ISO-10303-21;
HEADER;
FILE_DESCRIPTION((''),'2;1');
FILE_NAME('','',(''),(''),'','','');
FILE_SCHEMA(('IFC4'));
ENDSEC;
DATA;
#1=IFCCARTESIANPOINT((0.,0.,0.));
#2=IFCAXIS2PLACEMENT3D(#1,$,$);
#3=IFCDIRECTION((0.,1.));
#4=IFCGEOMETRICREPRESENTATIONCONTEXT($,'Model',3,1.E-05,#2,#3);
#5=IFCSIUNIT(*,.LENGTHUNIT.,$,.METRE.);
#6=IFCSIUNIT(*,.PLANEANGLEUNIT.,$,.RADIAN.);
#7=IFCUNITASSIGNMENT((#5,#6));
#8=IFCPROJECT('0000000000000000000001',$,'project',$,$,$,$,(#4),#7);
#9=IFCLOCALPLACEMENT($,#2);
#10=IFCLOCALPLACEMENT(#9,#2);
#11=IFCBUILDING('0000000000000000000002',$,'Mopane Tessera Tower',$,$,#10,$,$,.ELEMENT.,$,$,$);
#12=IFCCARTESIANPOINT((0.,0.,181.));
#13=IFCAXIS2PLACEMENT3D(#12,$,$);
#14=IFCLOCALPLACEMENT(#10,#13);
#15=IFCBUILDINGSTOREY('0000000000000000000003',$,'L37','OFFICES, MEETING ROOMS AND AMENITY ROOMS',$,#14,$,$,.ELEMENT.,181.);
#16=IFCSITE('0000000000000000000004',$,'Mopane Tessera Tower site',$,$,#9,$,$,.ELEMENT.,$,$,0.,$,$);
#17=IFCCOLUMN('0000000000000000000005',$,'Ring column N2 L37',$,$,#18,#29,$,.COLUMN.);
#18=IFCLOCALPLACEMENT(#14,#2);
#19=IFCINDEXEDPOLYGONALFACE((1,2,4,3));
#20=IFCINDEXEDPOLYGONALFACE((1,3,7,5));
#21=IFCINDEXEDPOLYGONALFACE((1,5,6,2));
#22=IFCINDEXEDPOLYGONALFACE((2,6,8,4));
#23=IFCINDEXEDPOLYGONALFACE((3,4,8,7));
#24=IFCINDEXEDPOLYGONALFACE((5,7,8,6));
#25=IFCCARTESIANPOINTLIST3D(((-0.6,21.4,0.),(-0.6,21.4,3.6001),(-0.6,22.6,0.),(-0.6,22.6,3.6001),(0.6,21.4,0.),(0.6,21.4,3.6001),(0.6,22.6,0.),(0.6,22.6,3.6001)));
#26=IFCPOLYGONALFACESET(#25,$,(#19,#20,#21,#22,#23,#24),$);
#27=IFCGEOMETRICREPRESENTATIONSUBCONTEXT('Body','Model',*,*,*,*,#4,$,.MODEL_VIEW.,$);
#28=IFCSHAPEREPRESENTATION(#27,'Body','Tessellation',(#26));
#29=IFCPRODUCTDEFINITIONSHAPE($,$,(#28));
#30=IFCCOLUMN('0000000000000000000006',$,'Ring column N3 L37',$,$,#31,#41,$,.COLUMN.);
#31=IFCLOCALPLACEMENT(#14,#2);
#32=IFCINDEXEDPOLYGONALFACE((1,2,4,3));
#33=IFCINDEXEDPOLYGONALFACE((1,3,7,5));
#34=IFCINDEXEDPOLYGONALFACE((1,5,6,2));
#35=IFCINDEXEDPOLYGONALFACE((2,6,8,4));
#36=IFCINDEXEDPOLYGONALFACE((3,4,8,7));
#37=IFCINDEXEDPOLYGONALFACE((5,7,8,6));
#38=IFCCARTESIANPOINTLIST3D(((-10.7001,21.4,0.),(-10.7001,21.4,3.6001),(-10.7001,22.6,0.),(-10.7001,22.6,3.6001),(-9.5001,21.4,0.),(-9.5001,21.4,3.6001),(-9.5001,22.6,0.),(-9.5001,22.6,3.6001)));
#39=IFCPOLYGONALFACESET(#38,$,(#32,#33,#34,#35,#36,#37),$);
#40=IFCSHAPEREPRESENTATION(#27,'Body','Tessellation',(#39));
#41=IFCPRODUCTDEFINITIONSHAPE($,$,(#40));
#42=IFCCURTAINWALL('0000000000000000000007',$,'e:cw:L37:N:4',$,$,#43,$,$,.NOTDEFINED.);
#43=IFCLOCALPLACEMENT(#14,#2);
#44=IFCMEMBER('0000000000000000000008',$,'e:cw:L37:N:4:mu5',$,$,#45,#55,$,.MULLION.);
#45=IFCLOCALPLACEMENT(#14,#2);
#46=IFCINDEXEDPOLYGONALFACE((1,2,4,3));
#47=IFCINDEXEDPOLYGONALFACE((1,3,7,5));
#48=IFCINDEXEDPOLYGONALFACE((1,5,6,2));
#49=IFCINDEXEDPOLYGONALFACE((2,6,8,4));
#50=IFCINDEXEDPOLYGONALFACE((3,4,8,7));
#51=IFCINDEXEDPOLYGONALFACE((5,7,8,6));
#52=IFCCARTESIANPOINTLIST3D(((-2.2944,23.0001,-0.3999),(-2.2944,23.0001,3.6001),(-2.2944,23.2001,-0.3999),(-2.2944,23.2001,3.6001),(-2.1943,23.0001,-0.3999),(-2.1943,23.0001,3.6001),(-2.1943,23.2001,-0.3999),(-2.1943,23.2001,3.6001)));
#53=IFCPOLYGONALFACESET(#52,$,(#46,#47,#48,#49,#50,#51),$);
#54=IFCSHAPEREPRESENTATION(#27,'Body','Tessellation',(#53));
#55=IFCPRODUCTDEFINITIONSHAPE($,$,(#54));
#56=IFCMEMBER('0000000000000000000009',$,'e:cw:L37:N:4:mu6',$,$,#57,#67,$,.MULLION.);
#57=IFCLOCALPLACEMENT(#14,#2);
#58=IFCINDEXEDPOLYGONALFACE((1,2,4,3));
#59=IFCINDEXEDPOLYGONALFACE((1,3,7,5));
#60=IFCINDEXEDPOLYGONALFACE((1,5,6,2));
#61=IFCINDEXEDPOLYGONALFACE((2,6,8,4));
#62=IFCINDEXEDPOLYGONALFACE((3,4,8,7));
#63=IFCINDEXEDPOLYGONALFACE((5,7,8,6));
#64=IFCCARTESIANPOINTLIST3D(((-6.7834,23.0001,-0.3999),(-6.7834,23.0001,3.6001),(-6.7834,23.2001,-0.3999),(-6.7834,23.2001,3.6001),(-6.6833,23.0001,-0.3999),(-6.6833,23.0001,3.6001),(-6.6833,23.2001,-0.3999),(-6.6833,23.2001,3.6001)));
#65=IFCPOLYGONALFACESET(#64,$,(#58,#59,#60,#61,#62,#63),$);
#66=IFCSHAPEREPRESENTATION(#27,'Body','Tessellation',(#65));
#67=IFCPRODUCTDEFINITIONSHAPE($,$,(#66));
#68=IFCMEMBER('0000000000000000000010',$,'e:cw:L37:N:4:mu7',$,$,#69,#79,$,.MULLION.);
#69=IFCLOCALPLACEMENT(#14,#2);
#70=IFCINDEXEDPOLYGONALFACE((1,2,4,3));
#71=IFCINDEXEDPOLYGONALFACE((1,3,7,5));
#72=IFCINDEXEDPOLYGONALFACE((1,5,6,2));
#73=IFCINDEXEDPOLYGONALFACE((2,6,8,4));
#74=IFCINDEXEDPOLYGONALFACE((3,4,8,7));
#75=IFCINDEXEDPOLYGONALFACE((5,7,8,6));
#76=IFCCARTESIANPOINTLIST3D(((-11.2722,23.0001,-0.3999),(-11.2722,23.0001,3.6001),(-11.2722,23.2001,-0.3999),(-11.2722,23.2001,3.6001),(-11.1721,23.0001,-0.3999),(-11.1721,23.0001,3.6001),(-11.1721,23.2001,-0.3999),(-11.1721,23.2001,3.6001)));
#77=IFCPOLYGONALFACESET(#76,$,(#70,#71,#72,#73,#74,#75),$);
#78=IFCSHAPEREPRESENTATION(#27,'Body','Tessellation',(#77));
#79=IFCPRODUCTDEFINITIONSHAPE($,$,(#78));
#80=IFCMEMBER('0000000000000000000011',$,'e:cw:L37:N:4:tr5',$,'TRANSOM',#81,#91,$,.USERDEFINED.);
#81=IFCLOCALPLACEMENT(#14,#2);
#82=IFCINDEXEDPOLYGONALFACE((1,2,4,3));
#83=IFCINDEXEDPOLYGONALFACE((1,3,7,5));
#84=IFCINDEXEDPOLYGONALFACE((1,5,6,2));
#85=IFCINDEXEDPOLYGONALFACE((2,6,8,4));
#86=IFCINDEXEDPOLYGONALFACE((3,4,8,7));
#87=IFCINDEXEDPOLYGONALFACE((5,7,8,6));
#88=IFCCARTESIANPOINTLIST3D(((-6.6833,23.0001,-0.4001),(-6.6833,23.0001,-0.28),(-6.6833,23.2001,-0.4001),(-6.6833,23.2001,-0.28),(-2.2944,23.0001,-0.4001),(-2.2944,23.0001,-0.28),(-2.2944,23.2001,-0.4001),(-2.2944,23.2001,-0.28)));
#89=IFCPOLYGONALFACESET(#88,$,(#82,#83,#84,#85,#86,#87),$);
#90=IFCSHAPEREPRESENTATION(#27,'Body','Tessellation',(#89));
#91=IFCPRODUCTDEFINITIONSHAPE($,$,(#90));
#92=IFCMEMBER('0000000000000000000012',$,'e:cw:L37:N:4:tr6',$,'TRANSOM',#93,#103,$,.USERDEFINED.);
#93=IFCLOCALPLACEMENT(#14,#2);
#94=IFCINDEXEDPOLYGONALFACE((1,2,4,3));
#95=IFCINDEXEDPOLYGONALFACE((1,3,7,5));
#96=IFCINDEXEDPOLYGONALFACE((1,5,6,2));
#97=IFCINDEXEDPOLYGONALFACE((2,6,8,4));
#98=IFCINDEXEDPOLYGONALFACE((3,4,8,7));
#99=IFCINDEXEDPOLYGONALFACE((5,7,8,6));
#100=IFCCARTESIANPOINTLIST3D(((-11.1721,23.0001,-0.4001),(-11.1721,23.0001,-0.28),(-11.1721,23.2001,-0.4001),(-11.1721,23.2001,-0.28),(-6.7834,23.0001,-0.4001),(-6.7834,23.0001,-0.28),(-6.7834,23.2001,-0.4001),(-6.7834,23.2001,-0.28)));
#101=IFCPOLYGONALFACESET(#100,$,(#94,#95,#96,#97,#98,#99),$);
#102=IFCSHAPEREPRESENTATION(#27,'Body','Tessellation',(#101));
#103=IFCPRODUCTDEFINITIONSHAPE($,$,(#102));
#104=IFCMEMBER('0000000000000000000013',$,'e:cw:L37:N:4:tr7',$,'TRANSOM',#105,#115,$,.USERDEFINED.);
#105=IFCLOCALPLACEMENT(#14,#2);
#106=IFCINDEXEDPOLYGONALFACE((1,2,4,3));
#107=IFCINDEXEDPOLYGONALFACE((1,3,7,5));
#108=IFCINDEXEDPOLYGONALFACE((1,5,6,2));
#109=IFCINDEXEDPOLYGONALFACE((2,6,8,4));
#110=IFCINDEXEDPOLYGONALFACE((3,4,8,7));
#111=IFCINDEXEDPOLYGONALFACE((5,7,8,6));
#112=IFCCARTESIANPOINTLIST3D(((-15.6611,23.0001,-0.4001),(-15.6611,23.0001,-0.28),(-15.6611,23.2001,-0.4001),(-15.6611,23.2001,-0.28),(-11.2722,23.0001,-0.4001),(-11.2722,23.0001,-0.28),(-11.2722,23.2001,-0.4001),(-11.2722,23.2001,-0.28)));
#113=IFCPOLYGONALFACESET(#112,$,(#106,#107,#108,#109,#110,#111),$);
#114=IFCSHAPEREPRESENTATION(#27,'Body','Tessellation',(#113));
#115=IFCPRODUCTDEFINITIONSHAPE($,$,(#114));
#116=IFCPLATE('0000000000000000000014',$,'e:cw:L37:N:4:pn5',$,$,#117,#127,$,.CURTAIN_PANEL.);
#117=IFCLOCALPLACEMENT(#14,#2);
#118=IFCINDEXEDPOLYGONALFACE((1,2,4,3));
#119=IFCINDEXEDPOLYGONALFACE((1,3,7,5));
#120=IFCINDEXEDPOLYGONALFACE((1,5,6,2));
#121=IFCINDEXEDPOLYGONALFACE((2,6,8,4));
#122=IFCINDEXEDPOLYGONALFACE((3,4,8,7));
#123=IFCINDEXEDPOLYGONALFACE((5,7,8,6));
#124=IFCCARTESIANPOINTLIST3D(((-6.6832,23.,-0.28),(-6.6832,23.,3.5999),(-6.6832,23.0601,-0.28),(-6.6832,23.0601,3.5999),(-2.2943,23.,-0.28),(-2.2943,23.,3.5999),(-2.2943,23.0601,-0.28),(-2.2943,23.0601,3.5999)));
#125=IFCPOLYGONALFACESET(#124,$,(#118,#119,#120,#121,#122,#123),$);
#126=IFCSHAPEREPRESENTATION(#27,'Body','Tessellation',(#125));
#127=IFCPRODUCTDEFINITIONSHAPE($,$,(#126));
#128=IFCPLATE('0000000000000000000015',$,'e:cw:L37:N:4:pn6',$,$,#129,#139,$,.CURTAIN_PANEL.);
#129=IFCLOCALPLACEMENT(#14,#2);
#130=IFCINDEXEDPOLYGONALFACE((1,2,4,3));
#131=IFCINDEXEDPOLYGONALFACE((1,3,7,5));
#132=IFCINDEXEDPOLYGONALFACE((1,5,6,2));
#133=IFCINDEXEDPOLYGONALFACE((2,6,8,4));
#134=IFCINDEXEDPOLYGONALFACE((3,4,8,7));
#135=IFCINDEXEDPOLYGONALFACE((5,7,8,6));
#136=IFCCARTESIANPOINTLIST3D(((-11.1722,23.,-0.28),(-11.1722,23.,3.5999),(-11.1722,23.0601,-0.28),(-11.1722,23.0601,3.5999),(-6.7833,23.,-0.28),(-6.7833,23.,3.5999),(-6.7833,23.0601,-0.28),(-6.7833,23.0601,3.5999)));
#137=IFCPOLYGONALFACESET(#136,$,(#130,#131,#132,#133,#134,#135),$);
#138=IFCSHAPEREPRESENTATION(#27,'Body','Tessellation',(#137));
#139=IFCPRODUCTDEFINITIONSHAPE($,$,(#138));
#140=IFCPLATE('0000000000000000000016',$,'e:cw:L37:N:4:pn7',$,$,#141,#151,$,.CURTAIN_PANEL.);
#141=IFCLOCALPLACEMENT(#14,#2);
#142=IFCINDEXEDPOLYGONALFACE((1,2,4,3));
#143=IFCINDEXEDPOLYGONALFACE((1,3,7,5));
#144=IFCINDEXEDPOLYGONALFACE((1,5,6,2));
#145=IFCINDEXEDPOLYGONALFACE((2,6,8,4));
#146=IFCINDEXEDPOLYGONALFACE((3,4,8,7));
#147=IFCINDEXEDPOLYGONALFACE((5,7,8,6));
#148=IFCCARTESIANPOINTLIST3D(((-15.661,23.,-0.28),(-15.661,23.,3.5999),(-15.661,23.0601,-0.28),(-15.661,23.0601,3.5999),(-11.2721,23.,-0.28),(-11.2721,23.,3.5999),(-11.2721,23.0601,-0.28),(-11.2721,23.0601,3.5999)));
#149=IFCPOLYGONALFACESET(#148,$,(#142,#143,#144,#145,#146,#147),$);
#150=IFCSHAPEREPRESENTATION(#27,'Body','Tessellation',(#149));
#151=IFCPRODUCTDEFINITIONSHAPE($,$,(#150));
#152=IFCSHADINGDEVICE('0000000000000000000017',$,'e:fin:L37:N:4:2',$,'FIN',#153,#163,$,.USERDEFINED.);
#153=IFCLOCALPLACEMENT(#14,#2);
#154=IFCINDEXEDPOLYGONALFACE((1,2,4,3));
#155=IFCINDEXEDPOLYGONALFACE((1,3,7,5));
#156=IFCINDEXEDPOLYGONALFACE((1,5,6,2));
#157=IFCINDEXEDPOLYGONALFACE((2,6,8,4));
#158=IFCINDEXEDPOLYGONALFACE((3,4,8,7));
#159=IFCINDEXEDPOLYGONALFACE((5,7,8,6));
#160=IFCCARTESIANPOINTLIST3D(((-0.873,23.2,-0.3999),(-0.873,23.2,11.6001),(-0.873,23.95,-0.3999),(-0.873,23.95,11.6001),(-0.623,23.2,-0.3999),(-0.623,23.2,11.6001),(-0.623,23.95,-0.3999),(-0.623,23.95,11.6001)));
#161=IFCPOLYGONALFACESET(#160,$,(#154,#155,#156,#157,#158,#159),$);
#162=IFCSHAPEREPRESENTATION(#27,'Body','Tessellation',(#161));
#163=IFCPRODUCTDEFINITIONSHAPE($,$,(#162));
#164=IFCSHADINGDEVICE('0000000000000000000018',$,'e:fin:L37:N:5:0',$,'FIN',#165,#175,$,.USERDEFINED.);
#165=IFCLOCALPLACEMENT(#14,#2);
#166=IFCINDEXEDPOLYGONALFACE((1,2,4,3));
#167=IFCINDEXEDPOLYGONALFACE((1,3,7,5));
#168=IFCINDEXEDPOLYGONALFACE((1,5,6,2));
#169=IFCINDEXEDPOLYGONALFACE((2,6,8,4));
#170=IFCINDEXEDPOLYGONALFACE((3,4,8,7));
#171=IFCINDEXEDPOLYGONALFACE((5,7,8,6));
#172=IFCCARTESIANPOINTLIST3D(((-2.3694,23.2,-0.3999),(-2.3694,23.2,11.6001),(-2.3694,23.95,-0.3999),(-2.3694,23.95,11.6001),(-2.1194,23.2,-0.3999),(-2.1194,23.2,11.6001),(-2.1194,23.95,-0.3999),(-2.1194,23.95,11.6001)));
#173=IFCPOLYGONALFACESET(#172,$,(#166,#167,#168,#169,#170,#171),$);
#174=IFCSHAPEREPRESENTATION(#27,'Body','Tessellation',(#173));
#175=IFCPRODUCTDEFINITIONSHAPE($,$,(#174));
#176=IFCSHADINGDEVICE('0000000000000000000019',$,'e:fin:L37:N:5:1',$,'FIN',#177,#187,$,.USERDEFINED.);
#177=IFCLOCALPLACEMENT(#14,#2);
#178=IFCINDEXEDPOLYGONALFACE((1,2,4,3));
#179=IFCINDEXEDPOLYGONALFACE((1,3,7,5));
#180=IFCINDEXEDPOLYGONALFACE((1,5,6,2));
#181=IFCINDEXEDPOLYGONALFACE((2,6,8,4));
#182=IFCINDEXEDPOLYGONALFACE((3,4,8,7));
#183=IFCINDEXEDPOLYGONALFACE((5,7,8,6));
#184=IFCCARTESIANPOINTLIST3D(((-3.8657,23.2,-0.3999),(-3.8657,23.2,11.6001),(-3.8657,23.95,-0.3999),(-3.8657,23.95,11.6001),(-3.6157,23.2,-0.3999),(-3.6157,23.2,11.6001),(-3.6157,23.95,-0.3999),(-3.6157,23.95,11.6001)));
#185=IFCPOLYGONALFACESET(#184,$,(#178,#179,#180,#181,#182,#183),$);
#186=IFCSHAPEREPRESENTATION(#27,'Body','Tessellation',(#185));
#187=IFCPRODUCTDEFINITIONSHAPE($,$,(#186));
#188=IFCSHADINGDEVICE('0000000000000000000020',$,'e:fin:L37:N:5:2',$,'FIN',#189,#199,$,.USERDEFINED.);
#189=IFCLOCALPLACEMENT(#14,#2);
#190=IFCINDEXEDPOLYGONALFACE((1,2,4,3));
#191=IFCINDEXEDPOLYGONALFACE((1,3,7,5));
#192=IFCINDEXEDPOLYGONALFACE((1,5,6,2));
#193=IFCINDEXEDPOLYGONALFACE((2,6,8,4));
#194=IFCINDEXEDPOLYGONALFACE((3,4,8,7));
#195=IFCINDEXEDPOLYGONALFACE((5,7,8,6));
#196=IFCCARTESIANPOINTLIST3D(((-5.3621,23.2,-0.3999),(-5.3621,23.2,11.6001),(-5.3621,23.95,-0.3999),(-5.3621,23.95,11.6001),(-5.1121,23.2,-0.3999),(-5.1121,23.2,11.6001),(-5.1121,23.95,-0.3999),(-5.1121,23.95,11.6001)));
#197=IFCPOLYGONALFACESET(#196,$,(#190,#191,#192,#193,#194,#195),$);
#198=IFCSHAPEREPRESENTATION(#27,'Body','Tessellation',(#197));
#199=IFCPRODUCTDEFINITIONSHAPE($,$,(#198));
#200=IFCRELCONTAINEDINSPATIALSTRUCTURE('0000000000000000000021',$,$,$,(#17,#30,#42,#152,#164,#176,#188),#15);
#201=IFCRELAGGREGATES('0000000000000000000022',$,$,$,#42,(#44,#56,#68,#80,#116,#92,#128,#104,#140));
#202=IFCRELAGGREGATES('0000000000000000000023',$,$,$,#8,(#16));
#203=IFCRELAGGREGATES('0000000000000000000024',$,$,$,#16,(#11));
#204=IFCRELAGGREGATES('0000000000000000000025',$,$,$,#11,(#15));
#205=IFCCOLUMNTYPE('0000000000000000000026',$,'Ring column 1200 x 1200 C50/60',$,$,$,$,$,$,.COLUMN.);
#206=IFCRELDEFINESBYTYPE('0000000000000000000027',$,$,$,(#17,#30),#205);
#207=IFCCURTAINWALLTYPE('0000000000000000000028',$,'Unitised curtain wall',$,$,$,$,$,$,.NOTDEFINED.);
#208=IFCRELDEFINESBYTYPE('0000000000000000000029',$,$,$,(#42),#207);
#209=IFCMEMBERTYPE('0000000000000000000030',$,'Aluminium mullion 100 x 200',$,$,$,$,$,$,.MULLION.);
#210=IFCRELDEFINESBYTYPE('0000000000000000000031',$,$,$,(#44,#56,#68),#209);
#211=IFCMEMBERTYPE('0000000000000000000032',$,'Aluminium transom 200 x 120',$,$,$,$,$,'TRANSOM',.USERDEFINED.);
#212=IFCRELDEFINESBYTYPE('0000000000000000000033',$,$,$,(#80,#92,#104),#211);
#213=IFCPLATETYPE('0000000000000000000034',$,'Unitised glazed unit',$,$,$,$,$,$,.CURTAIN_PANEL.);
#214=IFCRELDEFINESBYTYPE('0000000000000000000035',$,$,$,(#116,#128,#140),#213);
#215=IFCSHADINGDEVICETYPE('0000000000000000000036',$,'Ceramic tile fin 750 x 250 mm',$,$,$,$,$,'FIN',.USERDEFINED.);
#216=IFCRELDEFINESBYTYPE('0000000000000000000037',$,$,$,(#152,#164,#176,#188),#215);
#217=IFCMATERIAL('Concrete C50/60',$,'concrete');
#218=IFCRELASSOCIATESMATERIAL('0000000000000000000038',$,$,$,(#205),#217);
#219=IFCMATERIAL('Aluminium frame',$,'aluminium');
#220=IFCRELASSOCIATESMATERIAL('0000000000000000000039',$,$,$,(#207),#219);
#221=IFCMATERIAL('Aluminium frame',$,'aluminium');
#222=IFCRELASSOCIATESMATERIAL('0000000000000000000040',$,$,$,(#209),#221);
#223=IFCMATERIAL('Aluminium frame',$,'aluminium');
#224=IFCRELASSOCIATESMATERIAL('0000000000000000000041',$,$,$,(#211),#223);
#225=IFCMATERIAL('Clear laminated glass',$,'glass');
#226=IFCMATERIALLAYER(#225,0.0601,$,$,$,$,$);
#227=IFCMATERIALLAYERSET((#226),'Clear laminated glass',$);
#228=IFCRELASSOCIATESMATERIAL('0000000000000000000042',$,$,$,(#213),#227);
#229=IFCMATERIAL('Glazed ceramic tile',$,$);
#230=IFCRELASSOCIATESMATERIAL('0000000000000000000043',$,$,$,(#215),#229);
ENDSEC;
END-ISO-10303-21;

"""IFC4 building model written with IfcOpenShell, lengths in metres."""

from ifc_helpers import new_model, si_unit, direction, frame, origin, origin_2d, place, context, subcontext, project, spatial, rectangle, extrude, material, layer, layer_set, material_profile, profile_set, type_object, element, aggregate, save


model = new_model("IFC4")

# Units and contexts
model_context = context("Model", 3, precision=1e-05, world=origin(), true_north=direction((0.0, 1.0)))
body_context = subcontext(model_context, "Body", "Model", "MODEL_VIEW")
ifc_project = project(units=[si_unit("LENGTHUNIT", "METRE"), si_unit("PLANEANGLEUNIT", "RADIAN")], contexts=[model_context])

# Site, building, storey
site_placement = place(None, origin())
site = spatial("IfcSite", under=ifc_project, at=site_placement, Name="Mopane Tessera Tower site", CompositionType="ELEMENT", RefElevation=0.0)
building_placement = place(site_placement, origin())
building = spatial("IfcBuilding", under=site, at=building_placement, Name="Mopane Tessera Tower", CompositionType="ELEMENT")
storey_placement = place(building_placement, frame((0.0, 0.0, 181.0)))
storey = spatial("IfcBuildingStorey", under=building, at=storey_placement, Name="L37", Description="OFFICES, MEETING ROOMS AND AMENITY ROOMS", CompositionType="ELEMENT", Elevation=181.0)

# Columns
ifc_material_1 = material(Name="Concrete C50/60", Category="concrete")
ifc_material_profile_1 = material_profile(ifc_material_1, rectangle(XDim=1.2, YDim=1.2, at=origin_2d()))
ifc_profile_set_1 = profile_set([ifc_material_profile_1], Name="Concrete C50/60")
column_type = type_object("IfcColumnType", Name="Ring column 1200 x 1200 C50/60", PredefinedType="COLUMN", material=ifc_profile_set_1)
for number, where, z_axis, x_axis, name in (
    (1, (0.0, 22.0, 0.0), (0.0, 0.0, 1.0), (1.0, 0.0, 0.0), "Ring column N2 L37"),
    (2, (-10.1001, 22.0, 0.0), (0.0, 0.0, 1.0), (1.0, 0.0, 0.0), "Ring column N3 L37"),
):
    element("IfcColumn", number, at=place(storey_placement, frame(where, z_axis=z_axis, x_axis=x_axis)), inside=storey, type_object=column_type, Name=name, PredefinedType="COLUMN", context=body_context, shape_type="SweptSolid", body=[
        extrude(rectangle(XDim=1.2, YDim=1.2, at=origin_2d()), origin(), (0.0, 0.0, 1.0), 3.6001),
    ])

# Curtain wall, members, plates
ifc_material_2 = material(Name="Aluminium frame", Category="aluminium")
curtain_wall_type = type_object("IfcCurtainWallType", Name="Unitised curtain wall", PredefinedType="NOTDEFINED", material=ifc_material_2)
curtain_wall_placement = place(storey_placement, origin())
curtain_wall = element("IfcCurtainWall", 3, at=curtain_wall_placement, inside=storey, type_object=curtain_wall_type, Name="e:cw:L37:N:4", PredefinedType="NOTDEFINED")
ifc_material_3 = material(Name="Aluminium frame", Category="aluminium")
ifc_material_profile_2 = material_profile(ifc_material_3, rectangle(XDim=0.1001, YDim=0.2, at=origin_2d()))
ifc_profile_set_2 = profile_set([ifc_material_profile_2], Name="Aluminium frame")
member_type_1 = type_object("IfcMemberType", Name="Aluminium mullion 100 x 200", PredefinedType="MULLION", material=ifc_profile_set_2)
member_1_placement = place(storey_placement, frame((-2.2444, 23.1001, -0.3999), z_axis=(0.0, 0.0, 1.0), x_axis=(-1.0, 0.0, 0.0)))
member_1 = element("IfcMember", 4, at=member_1_placement, type_object=member_type_1, Name="e:cw:L37:N:4:mu5", PredefinedType="MULLION", context=body_context, shape_type="SweptSolid", body=[
    extrude(rectangle(XDim=0.1001, YDim=0.2, at=origin_2d()), origin(), (0.0, 0.0, 1.0), 4.0),
])
member_2_placement = place(storey_placement, frame((-6.7334, 23.1001, -0.3999), z_axis=(0.0, 0.0, 1.0), x_axis=(-1.0, 0.0, 0.0)))
member_2 = element("IfcMember", 5, at=member_2_placement, type_object=member_type_1, Name="e:cw:L37:N:4:mu6", PredefinedType="MULLION", context=body_context, shape_type="SweptSolid", body=[
    extrude(rectangle(XDim=0.1001, YDim=0.2, at=origin_2d()), origin(), (0.0, 0.0, 1.0), 4.0),
])
member_3_placement = place(storey_placement, frame((-11.2222, 23.1001, -0.3999), z_axis=(0.0, 0.0, 1.0), x_axis=(-1.0, 0.0, 0.0)))
member_3 = element("IfcMember", 6, at=member_3_placement, type_object=member_type_1, Name="e:cw:L37:N:4:mu7", PredefinedType="MULLION", context=body_context, shape_type="SweptSolid", body=[
    extrude(rectangle(XDim=0.1001, YDim=0.2, at=origin_2d()), origin(), (0.0, 0.0, 1.0), 4.0),
])
ifc_material_4 = material(Name="Aluminium frame", Category="aluminium")
ifc_material_profile_3 = material_profile(ifc_material_4, rectangle(XDim=0.2, YDim=0.1201, at=origin_2d()))
ifc_profile_set_3 = profile_set([ifc_material_profile_3], Name="Aluminium frame")
member_type_2 = type_object("IfcMemberType", Name="Aluminium transom 200 x 120", ElementType="TRANSOM", PredefinedType="USERDEFINED", material=ifc_profile_set_3)
member_4_placement = place(storey_placement, frame((-2.2944, 23.1001, -0.3401), z_axis=(-1.0, 0.0, 0.0), x_axis=(0.0, -1.0, 0.0)))
member_4 = element("IfcMember", 7, at=member_4_placement, type_object=member_type_2, Name="e:cw:L37:N:4:tr5", ObjectType="TRANSOM", PredefinedType="USERDEFINED", context=body_context, shape_type="SweptSolid", body=[
    extrude(rectangle(XDim=0.2, YDim=0.1201, at=origin_2d()), origin(), (0.0, 0.0, 1.0), 4.3889),
])
member_5_placement = place(storey_placement, frame((-6.7834, 23.1001, -0.3401), z_axis=(-1.0, 0.0, 0.0), x_axis=(0.0, -1.0, 0.0)))
member_5 = element("IfcMember", 8, at=member_5_placement, type_object=member_type_2, Name="e:cw:L37:N:4:tr6", ObjectType="TRANSOM", PredefinedType="USERDEFINED", context=body_context, shape_type="SweptSolid", body=[
    extrude(rectangle(XDim=0.2, YDim=0.1201, at=origin_2d()), origin(), (0.0, 0.0, 1.0), 4.3887),
])
member_6_placement = place(storey_placement, frame((-11.2722, 23.1001, -0.3401), z_axis=(-1.0, 0.0, 0.0), x_axis=(0.0, -1.0, 0.0)))
member_6 = element("IfcMember", 9, at=member_6_placement, type_object=member_type_2, Name="e:cw:L37:N:4:tr7", ObjectType="TRANSOM", PredefinedType="USERDEFINED", context=body_context, shape_type="SweptSolid", body=[
    extrude(rectangle(XDim=0.2, YDim=0.1201, at=origin_2d()), origin(), (0.0, 0.0, 1.0), 4.3889),
])
ifc_material_5 = material(Name="Clear laminated glass", Category="glass")
ifc_layer = layer(ifc_material_5, 0.0601)
ifc_layer_set = layer_set([ifc_layer], Name="Clear laminated glass")
plate_type = type_object("IfcPlateType", Name="Unitised glazed unit", PredefinedType="CURTAIN_PANEL", material=ifc_layer_set)
plate_1_placement = place(storey_placement, frame((-4.4888, 23.03, -0.28), z_axis=(0.0, 0.0, 1.0), x_axis=(-1.0, 0.0, 0.0)))
plate_1 = element("IfcPlate", 10, at=plate_1_placement, type_object=plate_type, Name="e:cw:L37:N:4:pn5", PredefinedType="CURTAIN_PANEL", context=body_context, shape_type="SweptSolid", body=[
    extrude(rectangle(XDim=4.3889, YDim=0.0601, at=origin_2d()), origin(), (0.0, 0.0, 1.0), 3.8799),
])
plate_2_placement = place(storey_placement, frame((-8.9778, 23.03, -0.28), z_axis=(0.0, 0.0, 1.0), x_axis=(-1.0, 0.0, 0.0)))
plate_2 = element("IfcPlate", 11, at=plate_2_placement, type_object=plate_type, Name="e:cw:L37:N:4:pn6", PredefinedType="CURTAIN_PANEL", context=body_context, shape_type="SweptSolid", body=[
    extrude(rectangle(XDim=4.3889, YDim=0.0601, at=origin_2d()), origin(), (0.0, 0.0, 1.0), 3.8799),
])
plate_3_placement = place(storey_placement, frame((-13.4666, 23.03, -0.28), z_axis=(0.0, 0.0, 1.0), x_axis=(-1.0, 0.0, 0.0)))
plate_3 = element("IfcPlate", 12, at=plate_3_placement, type_object=plate_type, Name="e:cw:L37:N:4:pn7", PredefinedType="CURTAIN_PANEL", context=body_context, shape_type="SweptSolid", body=[
    extrude(rectangle(XDim=4.3889, YDim=0.0601, at=origin_2d()), origin(), (0.0, 0.0, 1.0), 3.8799),
])
aggregate(curtain_wall, [member_1, member_2, member_3, member_4, plate_1, member_5, plate_2, member_6, plate_3])

# Shading devices
ifc_material_6 = material(Name="Glazed ceramic tile")
shading_device_type = type_object("IfcShadingDeviceType", Name="Ceramic tile fin 750 x 250 mm", ElementType="FIN", PredefinedType="USERDEFINED", material=ifc_material_6)
for number, where, z_axis, x_axis, name in (
    (13, (-0.748, 23.575, -0.3999), (0.0, 0.0, 1.0), (-1.0, 0.0, 0.0), "e:fin:L37:N:4:2"),
    (14, (-2.2444, 23.575, -0.3999), (0.0, 0.0, 1.0), (-1.0, 0.0, 0.0), "e:fin:L37:N:5:0"),
    (15, (-3.7407, 23.575, -0.3999), (0.0, 0.0, 1.0), (-1.0, 0.0, 0.0), "e:fin:L37:N:5:1"),
    (16, (-5.2371, 23.575, -0.3999), (0.0, 0.0, 1.0), (-1.0, 0.0, 0.0), "e:fin:L37:N:5:2"),
):
    element("IfcShadingDevice", number, at=place(storey_placement, frame(where, z_axis=z_axis, x_axis=x_axis)), inside=storey, type_object=shading_device_type, Name=name, ObjectType="FIN", PredefinedType="USERDEFINED", context=body_context, shape_type="SweptSolid", body=[
        extrude(rectangle(XDim=0.25, YDim=0.75, at=origin_2d()), origin(), (0.0, 0.0, 1.0), 12.0),
    ])

save(model, "model.ifc")
